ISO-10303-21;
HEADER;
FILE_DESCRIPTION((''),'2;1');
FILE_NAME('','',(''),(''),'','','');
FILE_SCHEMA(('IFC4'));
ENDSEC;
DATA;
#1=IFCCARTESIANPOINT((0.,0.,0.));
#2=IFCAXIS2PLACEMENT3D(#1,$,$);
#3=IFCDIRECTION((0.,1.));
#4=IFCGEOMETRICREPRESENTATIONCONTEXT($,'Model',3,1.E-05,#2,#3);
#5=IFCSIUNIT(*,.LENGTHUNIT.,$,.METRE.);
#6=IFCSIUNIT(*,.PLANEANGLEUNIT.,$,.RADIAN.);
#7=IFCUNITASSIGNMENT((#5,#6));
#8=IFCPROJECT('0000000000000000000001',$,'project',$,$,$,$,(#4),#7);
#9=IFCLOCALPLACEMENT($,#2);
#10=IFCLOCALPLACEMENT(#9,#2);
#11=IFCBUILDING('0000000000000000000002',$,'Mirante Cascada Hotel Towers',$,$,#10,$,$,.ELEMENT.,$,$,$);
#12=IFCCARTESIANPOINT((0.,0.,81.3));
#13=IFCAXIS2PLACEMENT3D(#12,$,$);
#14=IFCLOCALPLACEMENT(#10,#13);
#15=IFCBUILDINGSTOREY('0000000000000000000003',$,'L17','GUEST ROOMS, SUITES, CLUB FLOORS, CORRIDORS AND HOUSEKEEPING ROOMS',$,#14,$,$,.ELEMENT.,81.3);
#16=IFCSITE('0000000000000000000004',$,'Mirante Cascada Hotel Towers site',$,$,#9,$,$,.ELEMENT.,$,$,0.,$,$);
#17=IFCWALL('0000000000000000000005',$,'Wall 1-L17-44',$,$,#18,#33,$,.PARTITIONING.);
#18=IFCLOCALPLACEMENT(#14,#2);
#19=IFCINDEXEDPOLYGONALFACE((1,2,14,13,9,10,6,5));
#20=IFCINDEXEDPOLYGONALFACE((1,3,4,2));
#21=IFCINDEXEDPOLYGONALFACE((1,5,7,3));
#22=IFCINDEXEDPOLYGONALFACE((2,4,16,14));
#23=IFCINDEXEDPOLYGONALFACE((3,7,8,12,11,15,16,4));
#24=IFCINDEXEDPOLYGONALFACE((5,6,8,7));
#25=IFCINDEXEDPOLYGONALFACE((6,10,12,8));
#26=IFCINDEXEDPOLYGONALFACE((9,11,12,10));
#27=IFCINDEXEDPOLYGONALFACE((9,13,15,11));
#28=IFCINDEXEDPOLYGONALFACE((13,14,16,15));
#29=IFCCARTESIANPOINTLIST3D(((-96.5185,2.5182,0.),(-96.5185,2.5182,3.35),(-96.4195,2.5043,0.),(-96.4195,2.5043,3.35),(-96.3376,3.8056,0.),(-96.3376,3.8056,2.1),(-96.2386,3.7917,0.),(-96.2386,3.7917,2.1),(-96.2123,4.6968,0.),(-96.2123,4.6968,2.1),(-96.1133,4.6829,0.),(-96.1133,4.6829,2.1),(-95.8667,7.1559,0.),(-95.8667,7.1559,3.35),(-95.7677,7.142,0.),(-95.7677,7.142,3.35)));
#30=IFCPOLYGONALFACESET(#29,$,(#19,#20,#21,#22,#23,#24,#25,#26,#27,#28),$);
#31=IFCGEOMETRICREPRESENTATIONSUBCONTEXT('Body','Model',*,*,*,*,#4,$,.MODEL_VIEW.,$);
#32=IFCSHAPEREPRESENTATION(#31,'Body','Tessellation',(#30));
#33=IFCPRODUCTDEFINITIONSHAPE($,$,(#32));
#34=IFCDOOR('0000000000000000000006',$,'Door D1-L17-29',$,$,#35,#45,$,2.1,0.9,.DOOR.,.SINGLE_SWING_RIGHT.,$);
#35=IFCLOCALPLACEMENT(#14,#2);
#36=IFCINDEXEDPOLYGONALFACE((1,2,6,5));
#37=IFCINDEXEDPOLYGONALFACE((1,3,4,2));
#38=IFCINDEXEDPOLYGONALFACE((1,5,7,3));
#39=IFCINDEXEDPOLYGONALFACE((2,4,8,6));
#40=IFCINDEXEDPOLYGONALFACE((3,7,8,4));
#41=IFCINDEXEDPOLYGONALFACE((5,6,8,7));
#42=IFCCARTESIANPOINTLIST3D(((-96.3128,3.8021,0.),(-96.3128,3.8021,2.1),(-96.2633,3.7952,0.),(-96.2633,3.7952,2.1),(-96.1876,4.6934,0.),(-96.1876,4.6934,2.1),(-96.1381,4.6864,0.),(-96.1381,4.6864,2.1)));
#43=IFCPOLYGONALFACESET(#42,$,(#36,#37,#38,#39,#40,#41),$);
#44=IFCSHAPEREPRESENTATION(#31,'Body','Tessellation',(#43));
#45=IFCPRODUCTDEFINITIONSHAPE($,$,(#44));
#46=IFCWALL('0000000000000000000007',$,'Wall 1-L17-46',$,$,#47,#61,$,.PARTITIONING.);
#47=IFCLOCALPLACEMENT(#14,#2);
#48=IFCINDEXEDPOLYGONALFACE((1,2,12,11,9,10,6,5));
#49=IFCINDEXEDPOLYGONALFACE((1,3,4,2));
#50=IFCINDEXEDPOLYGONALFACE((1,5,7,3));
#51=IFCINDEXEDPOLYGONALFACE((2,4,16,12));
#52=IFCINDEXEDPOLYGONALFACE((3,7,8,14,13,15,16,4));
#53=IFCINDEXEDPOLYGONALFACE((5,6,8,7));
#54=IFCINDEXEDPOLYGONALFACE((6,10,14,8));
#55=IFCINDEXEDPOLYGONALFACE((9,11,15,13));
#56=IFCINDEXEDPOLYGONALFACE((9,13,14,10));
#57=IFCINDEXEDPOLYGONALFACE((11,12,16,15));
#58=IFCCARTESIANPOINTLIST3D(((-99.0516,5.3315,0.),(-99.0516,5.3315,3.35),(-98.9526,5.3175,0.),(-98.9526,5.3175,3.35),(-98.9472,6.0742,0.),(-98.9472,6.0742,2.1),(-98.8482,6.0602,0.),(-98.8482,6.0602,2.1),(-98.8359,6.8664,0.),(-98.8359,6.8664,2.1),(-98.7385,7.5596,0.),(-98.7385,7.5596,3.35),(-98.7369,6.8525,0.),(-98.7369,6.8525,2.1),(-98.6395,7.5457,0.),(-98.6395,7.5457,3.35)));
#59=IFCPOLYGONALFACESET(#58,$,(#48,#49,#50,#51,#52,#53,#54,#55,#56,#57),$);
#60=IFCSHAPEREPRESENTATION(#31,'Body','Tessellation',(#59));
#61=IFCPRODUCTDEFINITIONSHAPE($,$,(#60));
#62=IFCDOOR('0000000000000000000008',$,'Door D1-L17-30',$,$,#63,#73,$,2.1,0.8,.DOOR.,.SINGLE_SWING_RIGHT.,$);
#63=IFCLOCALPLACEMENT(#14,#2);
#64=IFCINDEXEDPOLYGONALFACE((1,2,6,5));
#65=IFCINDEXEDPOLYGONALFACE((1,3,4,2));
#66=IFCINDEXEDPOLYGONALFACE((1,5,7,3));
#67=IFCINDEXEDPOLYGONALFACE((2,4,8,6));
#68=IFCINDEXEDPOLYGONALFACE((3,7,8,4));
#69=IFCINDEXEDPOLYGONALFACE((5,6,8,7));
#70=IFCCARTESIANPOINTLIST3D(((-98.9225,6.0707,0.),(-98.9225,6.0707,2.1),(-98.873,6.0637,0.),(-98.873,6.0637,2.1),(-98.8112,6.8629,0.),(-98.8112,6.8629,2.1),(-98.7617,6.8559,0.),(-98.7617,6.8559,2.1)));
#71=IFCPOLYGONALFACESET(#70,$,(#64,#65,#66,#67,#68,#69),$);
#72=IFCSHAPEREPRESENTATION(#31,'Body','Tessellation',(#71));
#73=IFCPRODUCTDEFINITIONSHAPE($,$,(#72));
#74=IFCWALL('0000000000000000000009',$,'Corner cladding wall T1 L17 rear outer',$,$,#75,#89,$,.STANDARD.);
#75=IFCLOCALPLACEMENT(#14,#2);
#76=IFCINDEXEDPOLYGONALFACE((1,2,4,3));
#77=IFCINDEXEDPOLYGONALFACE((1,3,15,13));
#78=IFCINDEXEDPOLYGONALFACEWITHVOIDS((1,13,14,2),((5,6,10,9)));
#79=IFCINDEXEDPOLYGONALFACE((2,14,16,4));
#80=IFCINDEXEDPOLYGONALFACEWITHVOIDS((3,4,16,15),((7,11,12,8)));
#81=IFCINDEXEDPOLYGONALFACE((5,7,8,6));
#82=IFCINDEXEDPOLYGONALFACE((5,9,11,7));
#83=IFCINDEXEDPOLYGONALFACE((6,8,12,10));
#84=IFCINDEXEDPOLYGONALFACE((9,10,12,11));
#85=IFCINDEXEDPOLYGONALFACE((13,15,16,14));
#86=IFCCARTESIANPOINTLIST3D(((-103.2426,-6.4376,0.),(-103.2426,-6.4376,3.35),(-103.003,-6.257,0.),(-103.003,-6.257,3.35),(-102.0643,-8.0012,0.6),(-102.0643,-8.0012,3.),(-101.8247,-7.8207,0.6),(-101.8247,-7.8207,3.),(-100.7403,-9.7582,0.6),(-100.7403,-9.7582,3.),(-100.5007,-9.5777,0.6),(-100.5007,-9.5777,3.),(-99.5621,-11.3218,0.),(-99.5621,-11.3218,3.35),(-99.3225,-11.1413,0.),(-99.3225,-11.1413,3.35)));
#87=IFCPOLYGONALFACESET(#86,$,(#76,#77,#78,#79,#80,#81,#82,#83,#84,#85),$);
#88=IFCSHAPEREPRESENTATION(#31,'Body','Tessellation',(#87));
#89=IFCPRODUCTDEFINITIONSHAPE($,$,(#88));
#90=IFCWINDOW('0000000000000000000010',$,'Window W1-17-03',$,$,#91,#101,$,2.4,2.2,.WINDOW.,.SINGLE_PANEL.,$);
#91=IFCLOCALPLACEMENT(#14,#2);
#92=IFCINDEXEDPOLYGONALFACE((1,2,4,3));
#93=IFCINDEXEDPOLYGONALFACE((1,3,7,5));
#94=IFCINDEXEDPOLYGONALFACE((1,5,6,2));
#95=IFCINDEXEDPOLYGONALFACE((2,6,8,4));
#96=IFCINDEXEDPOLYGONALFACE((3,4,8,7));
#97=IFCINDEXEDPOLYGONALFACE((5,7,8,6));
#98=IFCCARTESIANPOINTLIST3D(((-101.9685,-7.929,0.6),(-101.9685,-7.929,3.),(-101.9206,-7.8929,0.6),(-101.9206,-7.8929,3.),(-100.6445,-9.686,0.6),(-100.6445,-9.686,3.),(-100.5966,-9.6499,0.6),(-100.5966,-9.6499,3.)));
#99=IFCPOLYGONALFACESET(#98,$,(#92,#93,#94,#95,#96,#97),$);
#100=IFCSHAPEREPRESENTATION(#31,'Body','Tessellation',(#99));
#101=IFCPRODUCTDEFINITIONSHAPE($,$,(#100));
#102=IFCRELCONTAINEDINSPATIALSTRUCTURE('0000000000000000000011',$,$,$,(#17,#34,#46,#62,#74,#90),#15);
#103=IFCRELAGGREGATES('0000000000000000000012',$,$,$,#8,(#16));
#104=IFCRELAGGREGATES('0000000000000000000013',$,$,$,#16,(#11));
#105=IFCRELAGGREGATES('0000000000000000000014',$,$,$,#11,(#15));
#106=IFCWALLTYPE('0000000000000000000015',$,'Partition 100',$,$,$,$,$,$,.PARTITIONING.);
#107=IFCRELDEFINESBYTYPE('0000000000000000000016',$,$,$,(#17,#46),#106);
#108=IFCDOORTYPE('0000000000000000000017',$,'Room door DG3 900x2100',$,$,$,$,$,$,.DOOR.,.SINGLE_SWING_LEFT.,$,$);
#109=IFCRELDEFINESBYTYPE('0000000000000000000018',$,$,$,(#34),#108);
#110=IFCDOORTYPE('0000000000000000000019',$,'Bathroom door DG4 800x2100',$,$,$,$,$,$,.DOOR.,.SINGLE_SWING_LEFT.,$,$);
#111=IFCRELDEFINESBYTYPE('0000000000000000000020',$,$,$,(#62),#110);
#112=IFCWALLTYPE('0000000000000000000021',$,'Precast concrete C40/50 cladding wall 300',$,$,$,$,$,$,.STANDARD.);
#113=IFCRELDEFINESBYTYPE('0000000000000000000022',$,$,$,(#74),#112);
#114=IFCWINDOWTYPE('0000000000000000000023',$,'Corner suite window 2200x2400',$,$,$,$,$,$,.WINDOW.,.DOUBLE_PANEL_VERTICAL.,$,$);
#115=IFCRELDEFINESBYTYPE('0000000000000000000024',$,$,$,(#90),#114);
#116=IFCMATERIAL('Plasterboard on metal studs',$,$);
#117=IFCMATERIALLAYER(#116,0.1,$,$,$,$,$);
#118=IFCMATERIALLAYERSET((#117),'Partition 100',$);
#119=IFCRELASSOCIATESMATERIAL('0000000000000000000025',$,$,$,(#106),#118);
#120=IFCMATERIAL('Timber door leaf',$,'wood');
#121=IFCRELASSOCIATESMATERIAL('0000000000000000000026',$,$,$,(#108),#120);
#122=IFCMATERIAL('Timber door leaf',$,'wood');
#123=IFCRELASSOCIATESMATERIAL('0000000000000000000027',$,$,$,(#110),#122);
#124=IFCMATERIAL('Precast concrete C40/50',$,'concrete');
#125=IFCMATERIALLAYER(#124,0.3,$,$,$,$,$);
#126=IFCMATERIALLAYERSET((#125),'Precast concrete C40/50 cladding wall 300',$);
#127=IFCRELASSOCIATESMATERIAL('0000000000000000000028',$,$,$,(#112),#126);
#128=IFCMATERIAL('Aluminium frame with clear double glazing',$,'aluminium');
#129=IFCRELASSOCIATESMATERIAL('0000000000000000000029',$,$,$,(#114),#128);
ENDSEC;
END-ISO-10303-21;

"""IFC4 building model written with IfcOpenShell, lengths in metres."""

from ifc_helpers import new_model, si_unit, direction, frame, frame_2d, origin, place, context, subcontext, project, spatial, rectangle, extrude, material, layer, layer_set, type_object, element, fill, save


model = new_model("IFC4")

# Units and contexts
model_context = context("Model", 3, precision=1e-05, world=origin(), true_north=direction((0.0, 1.0)))
body_context = subcontext(model_context, "Body", "Model", "MODEL_VIEW")
ifc_project = project(units=[si_unit("LENGTHUNIT", "METRE"), si_unit("PLANEANGLEUNIT", "RADIAN")], contexts=[model_context])

# Site, building, storey
site_placement = place(None, origin())
site = spatial("IfcSite", under=ifc_project, at=site_placement, Name="Mirante Cascada Hotel Towers site", CompositionType="ELEMENT", RefElevation=0.0)
building_placement = place(site_placement, origin())
building = spatial("IfcBuilding", under=site, at=building_placement, Name="Mirante Cascada Hotel Towers", CompositionType="ELEMENT")
storey_placement = place(building_placement, frame((0.0, 0.0, 81.3)))
storey = spatial("IfcBuildingStorey", under=building, at=storey_placement, Name="L17", Description="GUEST ROOMS, SUITES, CLUB FLOORS, CORRIDORS AND HOUSEKEEPING ROOMS", CompositionType="ELEMENT", Elevation=81.3)

# Walls, openings, doors
ifc_material_1 = material(Name="Plasterboard on metal studs")
ifc_layer_1 = layer(ifc_material_1, 0.1)
ifc_layer_set_1 = layer_set([ifc_layer_1], Name="Partition 100")
wall_type_1 = type_object("IfcWallType", Name="Partition 100", PredefinedType="PARTITIONING", material=ifc_layer_set_1)
ifc_material_2 = material(Name="Timber door leaf", Category="wood")
door_type_1 = type_object("IfcDoorType", Name="Room door DG3 900x2100", OperationType="SINGLE_SWING_LEFT", PredefinedType="DOOR", material=ifc_material_2)
wall_1_placement = place(storey_placement, frame((-96.469, 2.5113, 0.0), z_axis=(0.0, 0.0, 1.0), x_axis=(0.139176, 0.990268, 0.0)))
wall_1 = element("IfcWall", 1, at=wall_1_placement, inside=storey, type_object=wall_type_1, Name="Wall 1-L17-44", PredefinedType="PARTITIONING", context=body_context, shape_type="SweptSolid", body=[
    extrude(rectangle(XDim=4.6833, YDim=0.1, at=frame_2d((2.3416, 0.0))), origin(), (0.0, 0.0, 1.0), 3.35),
])
opening_1_placement = place(wall_1_placement, frame((1.3, 0.0, 0.0)))
opening_1 = element("IfcOpeningElement", 2, at=opening_1_placement, cuts=wall_1, PredefinedType="OPENING", context=body_context, shape_type="SweptSolid", body=[
    extrude(rectangle(XDim=0.9, YDim=2.1, at=frame_2d((0.45, 1.05))), frame((0.0, 0.05, 0.0), z_axis=(0.0, -1.0, 0.0), x_axis=(1.0, 0.0, 0.0)), (0.0, 0.0, 1.0), 0.1),
])
door_1_placement = place(opening_1_placement, frame((0.9, 0.0, 0.0), z_axis=(0.0, 0.0, 1.0), x_axis=(-1.0, 0.0, 0.0)))
door_1 = element("IfcDoor", 3, at=door_1_placement, inside=storey, type_object=door_type_1, Name="Door D1-L17-29", OperationType="SINGLE_SWING_RIGHT", OverallHeight=2.1, OverallWidth=0.9, PredefinedType="DOOR", context=body_context, shape_type="SweptSolid", body=[
    extrude(rectangle(XDim=0.9, YDim=2.1, at=frame_2d((0.45, 1.05))), frame((0.0, 0.025, 0.0), z_axis=(0.0, -1.0, 0.0), x_axis=(1.0, 0.0, 0.0)), (0.0, 0.0, 1.0), 0.05),
])
fill(opening_1, door_1)
wall_2_placement = place(storey_placement, frame((-99.0021, 5.3245, 0.0), z_axis=(0.0, 0.0, 1.0), x_axis=(0.139156, 0.990271, 0.0)))
wall_2 = element("IfcWall", 4, at=wall_2_placement, inside=storey, type_object=wall_type_1, Name="Wall 1-L17-46", PredefinedType="PARTITIONING", context=body_context, shape_type="SweptSolid", body=[
    extrude(rectangle(XDim=2.25, YDim=0.1, at=frame_2d((1.125, 0.0))), origin(), (0.0, 0.0, 1.0), 3.35),
])
opening_2_placement = place(wall_2_placement, frame((0.75, 0.0, 0.0)))
opening_2 = element("IfcOpeningElement", 5, at=opening_2_placement, cuts=wall_2, PredefinedType="OPENING", context=body_context, shape_type="SweptSolid", body=[
    extrude(rectangle(XDim=0.8, YDim=2.1, at=frame_2d((0.4, 1.05))), frame((0.0, 0.05, 0.0), z_axis=(0.0, -1.0, 0.0), x_axis=(1.0, 0.0, 0.0)), (0.0, 0.0, 1.0), 0.1),
])
ifc_material_3 = material(Name="Timber door leaf", Category="wood")
door_type_2 = type_object("IfcDoorType", Name="Bathroom door DG4 800x2100", OperationType="SINGLE_SWING_LEFT", PredefinedType="DOOR", material=ifc_material_3)
door_2_placement = place(opening_2_placement, frame((0.8, 0.0, 0.0), z_axis=(0.0, 0.0, 1.0), x_axis=(-1.0, 0.0, 0.0)))
door_2 = element("IfcDoor", 6, at=door_2_placement, inside=storey, type_object=door_type_2, Name="Door D1-L17-30", OperationType="SINGLE_SWING_RIGHT", OverallHeight=2.1, OverallWidth=0.8, PredefinedType="DOOR", context=body_context, shape_type="SweptSolid", body=[
    extrude(rectangle(XDim=0.8, YDim=2.1, at=frame_2d((0.4, 1.05))), frame((0.0, 0.025, 0.0), z_axis=(0.0, -1.0, 0.0), x_axis=(1.0, 0.0, 0.0)), (0.0, 0.0, 1.0), 0.05),
])
fill(opening_2, door_2)

# Wall, opening, window
ifc_material_4 = material(Name="Precast concrete C40/50", Category="concrete")
ifc_layer_2 = layer(ifc_material_4, 0.3)
ifc_layer_set_2 = layer_set([ifc_layer_2], Name="Precast concrete C40/50 cladding wall 300")
wall_type_2 = type_object("IfcWallType", Name="Precast concrete C40/50 cladding wall 300", PredefinedType="STANDARD", material=ifc_layer_set_2)
wall_3_placement = place(storey_placement, frame((-99.4423, -11.2315, 0.0), z_axis=(0.0, 0.0, 1.0), x_axis=(-0.601814, 0.798636, 0.0)))
wall_3 = element("IfcWall", 7, at=wall_3_placement, inside=storey, type_object=wall_type_2, Name="Corner cladding wall T1 L17 rear outer", PredefinedType="STANDARD", context=body_context, shape_type="SweptSolid", body=[
    extrude(rectangle(XDim=6.1157, YDim=0.3, at=frame_2d((3.0578, 0.0))), origin(), (0.0, 0.0, 1.0), 3.35),
])
opening_3_placement = place(wall_3_placement, frame((1.9578, 0.0, 0.6)))
opening_3 = element("IfcOpeningElement", 8, at=opening_3_placement, cuts=wall_3, PredefinedType="OPENING", context=body_context, shape_type="SweptSolid", body=[
    extrude(rectangle(XDim=2.2, YDim=2.4, at=frame_2d((1.1, 1.2))), frame((0.0, 0.15, 0.0), z_axis=(0.0, -1.0, 0.0), x_axis=(1.0, 0.0, 0.0)), (0.0, 0.0, 1.0), 0.3),
])
ifc_material_5 = material(Name="Aluminium frame with clear double glazing", Category="aluminium")
window_type = type_object("IfcWindowType", Name="Corner suite window 2200x2400", PartitioningType="DOUBLE_PANEL_VERTICAL", PredefinedType="WINDOW", material=ifc_material_5)
window_placement = place(opening_3_placement, origin())
window = element("IfcWindow", 9, at=window_placement, inside=storey, type_object=window_type, Name="Window W1-17-03", OverallHeight=2.4, OverallWidth=2.2, PartitioningType="SINGLE_PANEL", PredefinedType="WINDOW", context=body_context, shape_type="SweptSolid", body=[
    extrude(rectangle(XDim=2.2, YDim=2.4, at=frame_2d((1.1, 1.2))), frame((0.0, 0.03, 0.0), z_axis=(0.0, -1.0, 0.0), x_axis=(1.0, 0.0, 0.0)), (0.0, 0.0, 1.0), 0.06),
])
fill(opening_3, window)

save(model, "model.ifc")
